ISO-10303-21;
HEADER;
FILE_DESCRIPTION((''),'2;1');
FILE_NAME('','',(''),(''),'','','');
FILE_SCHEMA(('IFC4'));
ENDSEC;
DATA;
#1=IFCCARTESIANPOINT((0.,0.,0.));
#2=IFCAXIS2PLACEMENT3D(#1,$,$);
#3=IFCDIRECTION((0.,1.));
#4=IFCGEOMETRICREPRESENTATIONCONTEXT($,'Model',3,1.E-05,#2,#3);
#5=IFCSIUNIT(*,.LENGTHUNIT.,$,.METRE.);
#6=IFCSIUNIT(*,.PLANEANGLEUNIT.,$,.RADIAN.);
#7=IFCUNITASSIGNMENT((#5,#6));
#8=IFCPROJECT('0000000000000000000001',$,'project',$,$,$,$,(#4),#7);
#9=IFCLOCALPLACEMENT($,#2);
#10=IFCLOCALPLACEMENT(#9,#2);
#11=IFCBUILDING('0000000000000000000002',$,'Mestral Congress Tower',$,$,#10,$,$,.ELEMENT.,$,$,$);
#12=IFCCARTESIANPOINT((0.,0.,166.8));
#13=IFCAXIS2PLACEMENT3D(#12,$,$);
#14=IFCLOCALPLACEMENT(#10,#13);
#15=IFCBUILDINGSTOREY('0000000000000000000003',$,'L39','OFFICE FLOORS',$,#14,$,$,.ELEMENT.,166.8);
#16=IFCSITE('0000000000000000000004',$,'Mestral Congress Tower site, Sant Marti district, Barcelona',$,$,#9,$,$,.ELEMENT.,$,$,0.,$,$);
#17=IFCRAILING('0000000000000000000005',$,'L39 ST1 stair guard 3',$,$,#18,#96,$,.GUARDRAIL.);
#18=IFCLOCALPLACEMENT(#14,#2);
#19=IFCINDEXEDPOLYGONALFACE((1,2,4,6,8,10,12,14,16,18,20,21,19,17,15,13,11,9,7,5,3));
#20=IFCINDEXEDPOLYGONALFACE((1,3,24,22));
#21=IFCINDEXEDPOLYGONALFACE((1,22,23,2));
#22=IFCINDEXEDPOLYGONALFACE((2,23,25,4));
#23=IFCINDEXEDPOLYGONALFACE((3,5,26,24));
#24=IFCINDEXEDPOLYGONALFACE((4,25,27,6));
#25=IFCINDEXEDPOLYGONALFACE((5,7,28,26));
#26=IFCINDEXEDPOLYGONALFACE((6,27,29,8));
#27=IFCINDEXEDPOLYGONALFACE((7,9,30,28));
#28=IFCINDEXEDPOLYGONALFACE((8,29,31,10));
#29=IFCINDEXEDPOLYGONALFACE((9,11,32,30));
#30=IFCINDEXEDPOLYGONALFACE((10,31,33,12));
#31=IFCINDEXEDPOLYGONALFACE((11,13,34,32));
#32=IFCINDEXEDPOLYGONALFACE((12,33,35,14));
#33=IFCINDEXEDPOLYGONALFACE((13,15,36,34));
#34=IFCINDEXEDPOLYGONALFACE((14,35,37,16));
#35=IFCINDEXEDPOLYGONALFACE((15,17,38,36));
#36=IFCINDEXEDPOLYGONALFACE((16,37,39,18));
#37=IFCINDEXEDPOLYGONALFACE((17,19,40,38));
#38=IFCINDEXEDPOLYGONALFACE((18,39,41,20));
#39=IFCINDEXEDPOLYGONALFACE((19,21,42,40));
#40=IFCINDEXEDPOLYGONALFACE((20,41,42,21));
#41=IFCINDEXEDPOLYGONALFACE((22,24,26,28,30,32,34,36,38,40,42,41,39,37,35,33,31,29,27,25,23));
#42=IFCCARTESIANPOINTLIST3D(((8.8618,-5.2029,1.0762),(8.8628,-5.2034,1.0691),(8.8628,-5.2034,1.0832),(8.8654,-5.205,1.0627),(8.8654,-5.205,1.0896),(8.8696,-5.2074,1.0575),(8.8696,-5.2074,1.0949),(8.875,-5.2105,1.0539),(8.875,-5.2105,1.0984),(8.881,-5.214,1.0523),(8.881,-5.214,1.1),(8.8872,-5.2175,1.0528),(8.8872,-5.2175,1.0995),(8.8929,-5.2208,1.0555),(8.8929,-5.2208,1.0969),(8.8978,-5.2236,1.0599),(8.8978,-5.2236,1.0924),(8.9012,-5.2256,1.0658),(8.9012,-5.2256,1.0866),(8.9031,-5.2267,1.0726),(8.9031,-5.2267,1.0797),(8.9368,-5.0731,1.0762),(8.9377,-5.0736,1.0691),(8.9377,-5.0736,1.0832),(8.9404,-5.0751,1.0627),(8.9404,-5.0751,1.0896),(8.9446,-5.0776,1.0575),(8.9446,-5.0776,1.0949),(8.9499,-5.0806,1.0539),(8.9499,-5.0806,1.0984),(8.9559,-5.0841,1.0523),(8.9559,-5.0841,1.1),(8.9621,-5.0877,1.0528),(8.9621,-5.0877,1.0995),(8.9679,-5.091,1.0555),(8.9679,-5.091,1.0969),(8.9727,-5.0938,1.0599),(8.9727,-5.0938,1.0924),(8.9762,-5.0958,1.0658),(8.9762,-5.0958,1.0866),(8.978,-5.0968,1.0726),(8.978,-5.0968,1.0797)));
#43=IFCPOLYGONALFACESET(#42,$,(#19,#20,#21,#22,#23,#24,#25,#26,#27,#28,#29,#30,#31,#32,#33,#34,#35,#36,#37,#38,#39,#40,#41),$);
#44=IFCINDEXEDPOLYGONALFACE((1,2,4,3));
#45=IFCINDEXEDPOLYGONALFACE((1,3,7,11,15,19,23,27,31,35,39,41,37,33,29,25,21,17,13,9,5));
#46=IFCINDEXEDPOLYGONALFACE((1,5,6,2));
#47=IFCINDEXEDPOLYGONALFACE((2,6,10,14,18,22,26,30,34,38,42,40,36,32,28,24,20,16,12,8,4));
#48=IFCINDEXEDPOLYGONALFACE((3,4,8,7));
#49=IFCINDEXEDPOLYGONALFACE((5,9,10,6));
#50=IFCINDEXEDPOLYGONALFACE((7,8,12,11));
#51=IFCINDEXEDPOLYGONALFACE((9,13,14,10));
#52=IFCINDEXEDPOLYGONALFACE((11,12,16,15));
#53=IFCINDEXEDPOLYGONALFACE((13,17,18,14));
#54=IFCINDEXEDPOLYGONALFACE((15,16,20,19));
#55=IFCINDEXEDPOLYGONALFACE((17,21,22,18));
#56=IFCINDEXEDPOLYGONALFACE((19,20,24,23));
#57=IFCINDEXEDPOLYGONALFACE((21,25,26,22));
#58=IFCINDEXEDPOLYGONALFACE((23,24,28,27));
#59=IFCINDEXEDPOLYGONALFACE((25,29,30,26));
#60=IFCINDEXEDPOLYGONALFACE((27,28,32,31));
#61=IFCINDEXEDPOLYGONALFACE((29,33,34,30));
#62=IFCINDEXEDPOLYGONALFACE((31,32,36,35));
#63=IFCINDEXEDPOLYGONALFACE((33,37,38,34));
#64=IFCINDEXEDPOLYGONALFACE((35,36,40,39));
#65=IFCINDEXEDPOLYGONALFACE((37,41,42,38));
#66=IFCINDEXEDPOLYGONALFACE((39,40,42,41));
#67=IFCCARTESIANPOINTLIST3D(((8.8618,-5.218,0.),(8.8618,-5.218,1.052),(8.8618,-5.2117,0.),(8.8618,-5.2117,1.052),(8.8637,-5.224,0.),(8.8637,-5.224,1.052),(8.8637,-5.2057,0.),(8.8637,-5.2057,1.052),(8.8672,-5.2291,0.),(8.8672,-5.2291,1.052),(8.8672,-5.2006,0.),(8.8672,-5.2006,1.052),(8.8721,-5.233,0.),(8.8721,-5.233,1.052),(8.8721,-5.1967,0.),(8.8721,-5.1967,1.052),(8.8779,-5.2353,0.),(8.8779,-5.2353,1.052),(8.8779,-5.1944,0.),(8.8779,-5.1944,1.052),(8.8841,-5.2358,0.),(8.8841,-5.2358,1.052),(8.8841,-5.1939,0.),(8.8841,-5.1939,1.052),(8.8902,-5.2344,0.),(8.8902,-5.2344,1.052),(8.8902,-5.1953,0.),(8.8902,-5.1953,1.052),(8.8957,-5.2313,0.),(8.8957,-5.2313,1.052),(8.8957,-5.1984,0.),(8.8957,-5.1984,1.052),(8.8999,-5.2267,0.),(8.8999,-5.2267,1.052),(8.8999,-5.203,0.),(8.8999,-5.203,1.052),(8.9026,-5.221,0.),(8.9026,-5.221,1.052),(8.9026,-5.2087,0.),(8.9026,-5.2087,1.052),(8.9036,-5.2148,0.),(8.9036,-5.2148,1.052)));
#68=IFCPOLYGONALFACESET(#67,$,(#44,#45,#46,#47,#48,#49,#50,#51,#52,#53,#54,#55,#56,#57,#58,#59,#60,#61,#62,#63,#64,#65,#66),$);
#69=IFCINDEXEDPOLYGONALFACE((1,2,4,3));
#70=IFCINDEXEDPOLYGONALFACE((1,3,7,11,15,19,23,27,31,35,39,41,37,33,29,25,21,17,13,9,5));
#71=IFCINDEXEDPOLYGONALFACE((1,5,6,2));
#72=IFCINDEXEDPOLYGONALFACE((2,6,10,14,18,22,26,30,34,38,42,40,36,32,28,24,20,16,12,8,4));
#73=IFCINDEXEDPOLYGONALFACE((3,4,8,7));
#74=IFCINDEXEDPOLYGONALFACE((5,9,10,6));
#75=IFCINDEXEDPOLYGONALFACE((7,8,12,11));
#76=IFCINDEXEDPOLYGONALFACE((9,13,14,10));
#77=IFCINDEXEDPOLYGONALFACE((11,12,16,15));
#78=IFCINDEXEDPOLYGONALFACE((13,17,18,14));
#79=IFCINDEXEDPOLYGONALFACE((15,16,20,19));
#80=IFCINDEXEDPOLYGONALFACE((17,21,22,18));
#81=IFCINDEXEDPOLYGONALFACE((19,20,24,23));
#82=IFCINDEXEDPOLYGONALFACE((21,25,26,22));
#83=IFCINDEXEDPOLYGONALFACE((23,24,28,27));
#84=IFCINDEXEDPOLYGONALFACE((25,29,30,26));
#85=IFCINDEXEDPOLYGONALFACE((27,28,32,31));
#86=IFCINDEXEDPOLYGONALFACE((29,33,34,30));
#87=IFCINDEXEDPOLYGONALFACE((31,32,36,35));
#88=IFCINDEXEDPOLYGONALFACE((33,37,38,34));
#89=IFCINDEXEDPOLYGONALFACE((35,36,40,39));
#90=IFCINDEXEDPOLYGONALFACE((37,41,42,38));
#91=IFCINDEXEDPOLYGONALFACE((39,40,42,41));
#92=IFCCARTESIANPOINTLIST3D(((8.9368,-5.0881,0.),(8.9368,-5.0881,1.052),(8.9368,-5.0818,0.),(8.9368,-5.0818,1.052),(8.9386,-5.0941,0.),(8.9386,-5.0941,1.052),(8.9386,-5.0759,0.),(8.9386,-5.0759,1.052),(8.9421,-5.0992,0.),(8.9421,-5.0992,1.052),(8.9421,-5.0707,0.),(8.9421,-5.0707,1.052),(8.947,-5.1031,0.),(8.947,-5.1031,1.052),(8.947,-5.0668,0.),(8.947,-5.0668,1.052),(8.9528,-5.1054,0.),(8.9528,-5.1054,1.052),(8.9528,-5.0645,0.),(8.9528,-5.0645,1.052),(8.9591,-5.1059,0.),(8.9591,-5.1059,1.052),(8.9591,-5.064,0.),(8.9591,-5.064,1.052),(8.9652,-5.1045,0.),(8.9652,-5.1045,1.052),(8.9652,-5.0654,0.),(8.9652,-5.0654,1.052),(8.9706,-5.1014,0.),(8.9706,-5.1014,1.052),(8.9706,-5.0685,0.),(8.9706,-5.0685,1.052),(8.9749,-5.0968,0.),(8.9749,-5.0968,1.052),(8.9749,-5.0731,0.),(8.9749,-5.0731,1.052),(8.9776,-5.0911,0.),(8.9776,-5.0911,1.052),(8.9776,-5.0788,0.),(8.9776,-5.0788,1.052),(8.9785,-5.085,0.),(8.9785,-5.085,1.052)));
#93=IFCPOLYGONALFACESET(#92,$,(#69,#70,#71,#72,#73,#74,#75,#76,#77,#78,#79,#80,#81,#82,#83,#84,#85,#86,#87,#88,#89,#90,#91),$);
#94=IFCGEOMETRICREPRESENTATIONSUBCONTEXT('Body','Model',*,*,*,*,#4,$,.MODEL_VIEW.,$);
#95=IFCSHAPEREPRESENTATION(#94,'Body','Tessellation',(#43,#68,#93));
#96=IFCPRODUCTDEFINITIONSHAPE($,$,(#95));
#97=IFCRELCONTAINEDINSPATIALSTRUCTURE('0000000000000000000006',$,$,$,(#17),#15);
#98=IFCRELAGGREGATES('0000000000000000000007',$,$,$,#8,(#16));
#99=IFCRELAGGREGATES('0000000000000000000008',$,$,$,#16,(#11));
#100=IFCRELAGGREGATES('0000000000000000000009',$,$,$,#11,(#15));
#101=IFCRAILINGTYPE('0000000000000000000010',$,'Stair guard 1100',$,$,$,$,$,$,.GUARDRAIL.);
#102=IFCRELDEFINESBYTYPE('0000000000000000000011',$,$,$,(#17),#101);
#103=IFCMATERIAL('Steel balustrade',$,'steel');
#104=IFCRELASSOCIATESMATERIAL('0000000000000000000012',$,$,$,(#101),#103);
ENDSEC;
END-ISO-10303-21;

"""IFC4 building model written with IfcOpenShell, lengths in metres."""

from ifc_helpers import new_model, si_unit, direction, frame, origin, origin_2d, place, context, subcontext, project, spatial, circle, extrude, material, type_object, element, save


model = new_model("IFC4")

# Units and contexts
model_context = context("Model", 3, precision=1e-05, world=origin(), true_north=direction((0.0, 1.0)))
body_context = subcontext(model_context, "Body", "Model", "MODEL_VIEW")
ifc_project = project(units=[si_unit("LENGTHUNIT", "METRE"), si_unit("PLANEANGLEUNIT", "RADIAN")], contexts=[model_context])

# Site, building, storey
site_placement = place(None, origin())
site = spatial("IfcSite", under=ifc_project, at=site_placement, Name="Mestral Congress Tower site, Sant Marti district, Barcelona", CompositionType="ELEMENT", RefElevation=0.0)
building_placement = place(site_placement, origin())
building = spatial("IfcBuilding", under=site, at=building_placement, Name="Mestral Congress Tower", CompositionType="ELEMENT")
storey_placement = place(building_placement, frame((0.0, 0.0, 166.8)))
storey = spatial("IfcBuildingStorey", under=building, at=storey_placement, Name="L39", Description="OFFICE FLOORS", CompositionType="ELEMENT", Elevation=166.8)

# Railing
ifc_material_1 = material(Name="Steel balustrade", Category="steel")
railing_type_1 = type_object("IfcRailingType", Name="Stair guard 1100", PredefinedType="GUARDRAIL", material=ifc_material_1)
railing_1_placement = place(storey_placement, frame((8.8826, -5.2148, 0.0)))
element("IfcRailing", 1, at=railing_1_placement, inside=storey, type_object=railing_type_1, Name="L39 ST1 stair guard 3", PredefinedType="GUARDRAIL", context=body_context, shape_type="SweptSolid", body=[
    extrude(circle(Radius=0.0239, at=origin_2d()), frame((0.0, 0.0, 1.0762), z_axis=(0.499816, 0.866131, 0.0), x_axis=(-0.866131, 0.499816, 0.0)), (0.0, 0.0, 1.0), 0.1499),
    extrude(circle(Radius=0.021, at=origin_2d()), origin(), (0.0, 0.0, 1.0), 1.052),
    extrude(circle(Radius=0.021, at=origin_2d()), frame((0.075, 0.1299, 0.0)), (0.0, 0.0, 1.0), 1.052),
])

save(model, "model.ifc")
